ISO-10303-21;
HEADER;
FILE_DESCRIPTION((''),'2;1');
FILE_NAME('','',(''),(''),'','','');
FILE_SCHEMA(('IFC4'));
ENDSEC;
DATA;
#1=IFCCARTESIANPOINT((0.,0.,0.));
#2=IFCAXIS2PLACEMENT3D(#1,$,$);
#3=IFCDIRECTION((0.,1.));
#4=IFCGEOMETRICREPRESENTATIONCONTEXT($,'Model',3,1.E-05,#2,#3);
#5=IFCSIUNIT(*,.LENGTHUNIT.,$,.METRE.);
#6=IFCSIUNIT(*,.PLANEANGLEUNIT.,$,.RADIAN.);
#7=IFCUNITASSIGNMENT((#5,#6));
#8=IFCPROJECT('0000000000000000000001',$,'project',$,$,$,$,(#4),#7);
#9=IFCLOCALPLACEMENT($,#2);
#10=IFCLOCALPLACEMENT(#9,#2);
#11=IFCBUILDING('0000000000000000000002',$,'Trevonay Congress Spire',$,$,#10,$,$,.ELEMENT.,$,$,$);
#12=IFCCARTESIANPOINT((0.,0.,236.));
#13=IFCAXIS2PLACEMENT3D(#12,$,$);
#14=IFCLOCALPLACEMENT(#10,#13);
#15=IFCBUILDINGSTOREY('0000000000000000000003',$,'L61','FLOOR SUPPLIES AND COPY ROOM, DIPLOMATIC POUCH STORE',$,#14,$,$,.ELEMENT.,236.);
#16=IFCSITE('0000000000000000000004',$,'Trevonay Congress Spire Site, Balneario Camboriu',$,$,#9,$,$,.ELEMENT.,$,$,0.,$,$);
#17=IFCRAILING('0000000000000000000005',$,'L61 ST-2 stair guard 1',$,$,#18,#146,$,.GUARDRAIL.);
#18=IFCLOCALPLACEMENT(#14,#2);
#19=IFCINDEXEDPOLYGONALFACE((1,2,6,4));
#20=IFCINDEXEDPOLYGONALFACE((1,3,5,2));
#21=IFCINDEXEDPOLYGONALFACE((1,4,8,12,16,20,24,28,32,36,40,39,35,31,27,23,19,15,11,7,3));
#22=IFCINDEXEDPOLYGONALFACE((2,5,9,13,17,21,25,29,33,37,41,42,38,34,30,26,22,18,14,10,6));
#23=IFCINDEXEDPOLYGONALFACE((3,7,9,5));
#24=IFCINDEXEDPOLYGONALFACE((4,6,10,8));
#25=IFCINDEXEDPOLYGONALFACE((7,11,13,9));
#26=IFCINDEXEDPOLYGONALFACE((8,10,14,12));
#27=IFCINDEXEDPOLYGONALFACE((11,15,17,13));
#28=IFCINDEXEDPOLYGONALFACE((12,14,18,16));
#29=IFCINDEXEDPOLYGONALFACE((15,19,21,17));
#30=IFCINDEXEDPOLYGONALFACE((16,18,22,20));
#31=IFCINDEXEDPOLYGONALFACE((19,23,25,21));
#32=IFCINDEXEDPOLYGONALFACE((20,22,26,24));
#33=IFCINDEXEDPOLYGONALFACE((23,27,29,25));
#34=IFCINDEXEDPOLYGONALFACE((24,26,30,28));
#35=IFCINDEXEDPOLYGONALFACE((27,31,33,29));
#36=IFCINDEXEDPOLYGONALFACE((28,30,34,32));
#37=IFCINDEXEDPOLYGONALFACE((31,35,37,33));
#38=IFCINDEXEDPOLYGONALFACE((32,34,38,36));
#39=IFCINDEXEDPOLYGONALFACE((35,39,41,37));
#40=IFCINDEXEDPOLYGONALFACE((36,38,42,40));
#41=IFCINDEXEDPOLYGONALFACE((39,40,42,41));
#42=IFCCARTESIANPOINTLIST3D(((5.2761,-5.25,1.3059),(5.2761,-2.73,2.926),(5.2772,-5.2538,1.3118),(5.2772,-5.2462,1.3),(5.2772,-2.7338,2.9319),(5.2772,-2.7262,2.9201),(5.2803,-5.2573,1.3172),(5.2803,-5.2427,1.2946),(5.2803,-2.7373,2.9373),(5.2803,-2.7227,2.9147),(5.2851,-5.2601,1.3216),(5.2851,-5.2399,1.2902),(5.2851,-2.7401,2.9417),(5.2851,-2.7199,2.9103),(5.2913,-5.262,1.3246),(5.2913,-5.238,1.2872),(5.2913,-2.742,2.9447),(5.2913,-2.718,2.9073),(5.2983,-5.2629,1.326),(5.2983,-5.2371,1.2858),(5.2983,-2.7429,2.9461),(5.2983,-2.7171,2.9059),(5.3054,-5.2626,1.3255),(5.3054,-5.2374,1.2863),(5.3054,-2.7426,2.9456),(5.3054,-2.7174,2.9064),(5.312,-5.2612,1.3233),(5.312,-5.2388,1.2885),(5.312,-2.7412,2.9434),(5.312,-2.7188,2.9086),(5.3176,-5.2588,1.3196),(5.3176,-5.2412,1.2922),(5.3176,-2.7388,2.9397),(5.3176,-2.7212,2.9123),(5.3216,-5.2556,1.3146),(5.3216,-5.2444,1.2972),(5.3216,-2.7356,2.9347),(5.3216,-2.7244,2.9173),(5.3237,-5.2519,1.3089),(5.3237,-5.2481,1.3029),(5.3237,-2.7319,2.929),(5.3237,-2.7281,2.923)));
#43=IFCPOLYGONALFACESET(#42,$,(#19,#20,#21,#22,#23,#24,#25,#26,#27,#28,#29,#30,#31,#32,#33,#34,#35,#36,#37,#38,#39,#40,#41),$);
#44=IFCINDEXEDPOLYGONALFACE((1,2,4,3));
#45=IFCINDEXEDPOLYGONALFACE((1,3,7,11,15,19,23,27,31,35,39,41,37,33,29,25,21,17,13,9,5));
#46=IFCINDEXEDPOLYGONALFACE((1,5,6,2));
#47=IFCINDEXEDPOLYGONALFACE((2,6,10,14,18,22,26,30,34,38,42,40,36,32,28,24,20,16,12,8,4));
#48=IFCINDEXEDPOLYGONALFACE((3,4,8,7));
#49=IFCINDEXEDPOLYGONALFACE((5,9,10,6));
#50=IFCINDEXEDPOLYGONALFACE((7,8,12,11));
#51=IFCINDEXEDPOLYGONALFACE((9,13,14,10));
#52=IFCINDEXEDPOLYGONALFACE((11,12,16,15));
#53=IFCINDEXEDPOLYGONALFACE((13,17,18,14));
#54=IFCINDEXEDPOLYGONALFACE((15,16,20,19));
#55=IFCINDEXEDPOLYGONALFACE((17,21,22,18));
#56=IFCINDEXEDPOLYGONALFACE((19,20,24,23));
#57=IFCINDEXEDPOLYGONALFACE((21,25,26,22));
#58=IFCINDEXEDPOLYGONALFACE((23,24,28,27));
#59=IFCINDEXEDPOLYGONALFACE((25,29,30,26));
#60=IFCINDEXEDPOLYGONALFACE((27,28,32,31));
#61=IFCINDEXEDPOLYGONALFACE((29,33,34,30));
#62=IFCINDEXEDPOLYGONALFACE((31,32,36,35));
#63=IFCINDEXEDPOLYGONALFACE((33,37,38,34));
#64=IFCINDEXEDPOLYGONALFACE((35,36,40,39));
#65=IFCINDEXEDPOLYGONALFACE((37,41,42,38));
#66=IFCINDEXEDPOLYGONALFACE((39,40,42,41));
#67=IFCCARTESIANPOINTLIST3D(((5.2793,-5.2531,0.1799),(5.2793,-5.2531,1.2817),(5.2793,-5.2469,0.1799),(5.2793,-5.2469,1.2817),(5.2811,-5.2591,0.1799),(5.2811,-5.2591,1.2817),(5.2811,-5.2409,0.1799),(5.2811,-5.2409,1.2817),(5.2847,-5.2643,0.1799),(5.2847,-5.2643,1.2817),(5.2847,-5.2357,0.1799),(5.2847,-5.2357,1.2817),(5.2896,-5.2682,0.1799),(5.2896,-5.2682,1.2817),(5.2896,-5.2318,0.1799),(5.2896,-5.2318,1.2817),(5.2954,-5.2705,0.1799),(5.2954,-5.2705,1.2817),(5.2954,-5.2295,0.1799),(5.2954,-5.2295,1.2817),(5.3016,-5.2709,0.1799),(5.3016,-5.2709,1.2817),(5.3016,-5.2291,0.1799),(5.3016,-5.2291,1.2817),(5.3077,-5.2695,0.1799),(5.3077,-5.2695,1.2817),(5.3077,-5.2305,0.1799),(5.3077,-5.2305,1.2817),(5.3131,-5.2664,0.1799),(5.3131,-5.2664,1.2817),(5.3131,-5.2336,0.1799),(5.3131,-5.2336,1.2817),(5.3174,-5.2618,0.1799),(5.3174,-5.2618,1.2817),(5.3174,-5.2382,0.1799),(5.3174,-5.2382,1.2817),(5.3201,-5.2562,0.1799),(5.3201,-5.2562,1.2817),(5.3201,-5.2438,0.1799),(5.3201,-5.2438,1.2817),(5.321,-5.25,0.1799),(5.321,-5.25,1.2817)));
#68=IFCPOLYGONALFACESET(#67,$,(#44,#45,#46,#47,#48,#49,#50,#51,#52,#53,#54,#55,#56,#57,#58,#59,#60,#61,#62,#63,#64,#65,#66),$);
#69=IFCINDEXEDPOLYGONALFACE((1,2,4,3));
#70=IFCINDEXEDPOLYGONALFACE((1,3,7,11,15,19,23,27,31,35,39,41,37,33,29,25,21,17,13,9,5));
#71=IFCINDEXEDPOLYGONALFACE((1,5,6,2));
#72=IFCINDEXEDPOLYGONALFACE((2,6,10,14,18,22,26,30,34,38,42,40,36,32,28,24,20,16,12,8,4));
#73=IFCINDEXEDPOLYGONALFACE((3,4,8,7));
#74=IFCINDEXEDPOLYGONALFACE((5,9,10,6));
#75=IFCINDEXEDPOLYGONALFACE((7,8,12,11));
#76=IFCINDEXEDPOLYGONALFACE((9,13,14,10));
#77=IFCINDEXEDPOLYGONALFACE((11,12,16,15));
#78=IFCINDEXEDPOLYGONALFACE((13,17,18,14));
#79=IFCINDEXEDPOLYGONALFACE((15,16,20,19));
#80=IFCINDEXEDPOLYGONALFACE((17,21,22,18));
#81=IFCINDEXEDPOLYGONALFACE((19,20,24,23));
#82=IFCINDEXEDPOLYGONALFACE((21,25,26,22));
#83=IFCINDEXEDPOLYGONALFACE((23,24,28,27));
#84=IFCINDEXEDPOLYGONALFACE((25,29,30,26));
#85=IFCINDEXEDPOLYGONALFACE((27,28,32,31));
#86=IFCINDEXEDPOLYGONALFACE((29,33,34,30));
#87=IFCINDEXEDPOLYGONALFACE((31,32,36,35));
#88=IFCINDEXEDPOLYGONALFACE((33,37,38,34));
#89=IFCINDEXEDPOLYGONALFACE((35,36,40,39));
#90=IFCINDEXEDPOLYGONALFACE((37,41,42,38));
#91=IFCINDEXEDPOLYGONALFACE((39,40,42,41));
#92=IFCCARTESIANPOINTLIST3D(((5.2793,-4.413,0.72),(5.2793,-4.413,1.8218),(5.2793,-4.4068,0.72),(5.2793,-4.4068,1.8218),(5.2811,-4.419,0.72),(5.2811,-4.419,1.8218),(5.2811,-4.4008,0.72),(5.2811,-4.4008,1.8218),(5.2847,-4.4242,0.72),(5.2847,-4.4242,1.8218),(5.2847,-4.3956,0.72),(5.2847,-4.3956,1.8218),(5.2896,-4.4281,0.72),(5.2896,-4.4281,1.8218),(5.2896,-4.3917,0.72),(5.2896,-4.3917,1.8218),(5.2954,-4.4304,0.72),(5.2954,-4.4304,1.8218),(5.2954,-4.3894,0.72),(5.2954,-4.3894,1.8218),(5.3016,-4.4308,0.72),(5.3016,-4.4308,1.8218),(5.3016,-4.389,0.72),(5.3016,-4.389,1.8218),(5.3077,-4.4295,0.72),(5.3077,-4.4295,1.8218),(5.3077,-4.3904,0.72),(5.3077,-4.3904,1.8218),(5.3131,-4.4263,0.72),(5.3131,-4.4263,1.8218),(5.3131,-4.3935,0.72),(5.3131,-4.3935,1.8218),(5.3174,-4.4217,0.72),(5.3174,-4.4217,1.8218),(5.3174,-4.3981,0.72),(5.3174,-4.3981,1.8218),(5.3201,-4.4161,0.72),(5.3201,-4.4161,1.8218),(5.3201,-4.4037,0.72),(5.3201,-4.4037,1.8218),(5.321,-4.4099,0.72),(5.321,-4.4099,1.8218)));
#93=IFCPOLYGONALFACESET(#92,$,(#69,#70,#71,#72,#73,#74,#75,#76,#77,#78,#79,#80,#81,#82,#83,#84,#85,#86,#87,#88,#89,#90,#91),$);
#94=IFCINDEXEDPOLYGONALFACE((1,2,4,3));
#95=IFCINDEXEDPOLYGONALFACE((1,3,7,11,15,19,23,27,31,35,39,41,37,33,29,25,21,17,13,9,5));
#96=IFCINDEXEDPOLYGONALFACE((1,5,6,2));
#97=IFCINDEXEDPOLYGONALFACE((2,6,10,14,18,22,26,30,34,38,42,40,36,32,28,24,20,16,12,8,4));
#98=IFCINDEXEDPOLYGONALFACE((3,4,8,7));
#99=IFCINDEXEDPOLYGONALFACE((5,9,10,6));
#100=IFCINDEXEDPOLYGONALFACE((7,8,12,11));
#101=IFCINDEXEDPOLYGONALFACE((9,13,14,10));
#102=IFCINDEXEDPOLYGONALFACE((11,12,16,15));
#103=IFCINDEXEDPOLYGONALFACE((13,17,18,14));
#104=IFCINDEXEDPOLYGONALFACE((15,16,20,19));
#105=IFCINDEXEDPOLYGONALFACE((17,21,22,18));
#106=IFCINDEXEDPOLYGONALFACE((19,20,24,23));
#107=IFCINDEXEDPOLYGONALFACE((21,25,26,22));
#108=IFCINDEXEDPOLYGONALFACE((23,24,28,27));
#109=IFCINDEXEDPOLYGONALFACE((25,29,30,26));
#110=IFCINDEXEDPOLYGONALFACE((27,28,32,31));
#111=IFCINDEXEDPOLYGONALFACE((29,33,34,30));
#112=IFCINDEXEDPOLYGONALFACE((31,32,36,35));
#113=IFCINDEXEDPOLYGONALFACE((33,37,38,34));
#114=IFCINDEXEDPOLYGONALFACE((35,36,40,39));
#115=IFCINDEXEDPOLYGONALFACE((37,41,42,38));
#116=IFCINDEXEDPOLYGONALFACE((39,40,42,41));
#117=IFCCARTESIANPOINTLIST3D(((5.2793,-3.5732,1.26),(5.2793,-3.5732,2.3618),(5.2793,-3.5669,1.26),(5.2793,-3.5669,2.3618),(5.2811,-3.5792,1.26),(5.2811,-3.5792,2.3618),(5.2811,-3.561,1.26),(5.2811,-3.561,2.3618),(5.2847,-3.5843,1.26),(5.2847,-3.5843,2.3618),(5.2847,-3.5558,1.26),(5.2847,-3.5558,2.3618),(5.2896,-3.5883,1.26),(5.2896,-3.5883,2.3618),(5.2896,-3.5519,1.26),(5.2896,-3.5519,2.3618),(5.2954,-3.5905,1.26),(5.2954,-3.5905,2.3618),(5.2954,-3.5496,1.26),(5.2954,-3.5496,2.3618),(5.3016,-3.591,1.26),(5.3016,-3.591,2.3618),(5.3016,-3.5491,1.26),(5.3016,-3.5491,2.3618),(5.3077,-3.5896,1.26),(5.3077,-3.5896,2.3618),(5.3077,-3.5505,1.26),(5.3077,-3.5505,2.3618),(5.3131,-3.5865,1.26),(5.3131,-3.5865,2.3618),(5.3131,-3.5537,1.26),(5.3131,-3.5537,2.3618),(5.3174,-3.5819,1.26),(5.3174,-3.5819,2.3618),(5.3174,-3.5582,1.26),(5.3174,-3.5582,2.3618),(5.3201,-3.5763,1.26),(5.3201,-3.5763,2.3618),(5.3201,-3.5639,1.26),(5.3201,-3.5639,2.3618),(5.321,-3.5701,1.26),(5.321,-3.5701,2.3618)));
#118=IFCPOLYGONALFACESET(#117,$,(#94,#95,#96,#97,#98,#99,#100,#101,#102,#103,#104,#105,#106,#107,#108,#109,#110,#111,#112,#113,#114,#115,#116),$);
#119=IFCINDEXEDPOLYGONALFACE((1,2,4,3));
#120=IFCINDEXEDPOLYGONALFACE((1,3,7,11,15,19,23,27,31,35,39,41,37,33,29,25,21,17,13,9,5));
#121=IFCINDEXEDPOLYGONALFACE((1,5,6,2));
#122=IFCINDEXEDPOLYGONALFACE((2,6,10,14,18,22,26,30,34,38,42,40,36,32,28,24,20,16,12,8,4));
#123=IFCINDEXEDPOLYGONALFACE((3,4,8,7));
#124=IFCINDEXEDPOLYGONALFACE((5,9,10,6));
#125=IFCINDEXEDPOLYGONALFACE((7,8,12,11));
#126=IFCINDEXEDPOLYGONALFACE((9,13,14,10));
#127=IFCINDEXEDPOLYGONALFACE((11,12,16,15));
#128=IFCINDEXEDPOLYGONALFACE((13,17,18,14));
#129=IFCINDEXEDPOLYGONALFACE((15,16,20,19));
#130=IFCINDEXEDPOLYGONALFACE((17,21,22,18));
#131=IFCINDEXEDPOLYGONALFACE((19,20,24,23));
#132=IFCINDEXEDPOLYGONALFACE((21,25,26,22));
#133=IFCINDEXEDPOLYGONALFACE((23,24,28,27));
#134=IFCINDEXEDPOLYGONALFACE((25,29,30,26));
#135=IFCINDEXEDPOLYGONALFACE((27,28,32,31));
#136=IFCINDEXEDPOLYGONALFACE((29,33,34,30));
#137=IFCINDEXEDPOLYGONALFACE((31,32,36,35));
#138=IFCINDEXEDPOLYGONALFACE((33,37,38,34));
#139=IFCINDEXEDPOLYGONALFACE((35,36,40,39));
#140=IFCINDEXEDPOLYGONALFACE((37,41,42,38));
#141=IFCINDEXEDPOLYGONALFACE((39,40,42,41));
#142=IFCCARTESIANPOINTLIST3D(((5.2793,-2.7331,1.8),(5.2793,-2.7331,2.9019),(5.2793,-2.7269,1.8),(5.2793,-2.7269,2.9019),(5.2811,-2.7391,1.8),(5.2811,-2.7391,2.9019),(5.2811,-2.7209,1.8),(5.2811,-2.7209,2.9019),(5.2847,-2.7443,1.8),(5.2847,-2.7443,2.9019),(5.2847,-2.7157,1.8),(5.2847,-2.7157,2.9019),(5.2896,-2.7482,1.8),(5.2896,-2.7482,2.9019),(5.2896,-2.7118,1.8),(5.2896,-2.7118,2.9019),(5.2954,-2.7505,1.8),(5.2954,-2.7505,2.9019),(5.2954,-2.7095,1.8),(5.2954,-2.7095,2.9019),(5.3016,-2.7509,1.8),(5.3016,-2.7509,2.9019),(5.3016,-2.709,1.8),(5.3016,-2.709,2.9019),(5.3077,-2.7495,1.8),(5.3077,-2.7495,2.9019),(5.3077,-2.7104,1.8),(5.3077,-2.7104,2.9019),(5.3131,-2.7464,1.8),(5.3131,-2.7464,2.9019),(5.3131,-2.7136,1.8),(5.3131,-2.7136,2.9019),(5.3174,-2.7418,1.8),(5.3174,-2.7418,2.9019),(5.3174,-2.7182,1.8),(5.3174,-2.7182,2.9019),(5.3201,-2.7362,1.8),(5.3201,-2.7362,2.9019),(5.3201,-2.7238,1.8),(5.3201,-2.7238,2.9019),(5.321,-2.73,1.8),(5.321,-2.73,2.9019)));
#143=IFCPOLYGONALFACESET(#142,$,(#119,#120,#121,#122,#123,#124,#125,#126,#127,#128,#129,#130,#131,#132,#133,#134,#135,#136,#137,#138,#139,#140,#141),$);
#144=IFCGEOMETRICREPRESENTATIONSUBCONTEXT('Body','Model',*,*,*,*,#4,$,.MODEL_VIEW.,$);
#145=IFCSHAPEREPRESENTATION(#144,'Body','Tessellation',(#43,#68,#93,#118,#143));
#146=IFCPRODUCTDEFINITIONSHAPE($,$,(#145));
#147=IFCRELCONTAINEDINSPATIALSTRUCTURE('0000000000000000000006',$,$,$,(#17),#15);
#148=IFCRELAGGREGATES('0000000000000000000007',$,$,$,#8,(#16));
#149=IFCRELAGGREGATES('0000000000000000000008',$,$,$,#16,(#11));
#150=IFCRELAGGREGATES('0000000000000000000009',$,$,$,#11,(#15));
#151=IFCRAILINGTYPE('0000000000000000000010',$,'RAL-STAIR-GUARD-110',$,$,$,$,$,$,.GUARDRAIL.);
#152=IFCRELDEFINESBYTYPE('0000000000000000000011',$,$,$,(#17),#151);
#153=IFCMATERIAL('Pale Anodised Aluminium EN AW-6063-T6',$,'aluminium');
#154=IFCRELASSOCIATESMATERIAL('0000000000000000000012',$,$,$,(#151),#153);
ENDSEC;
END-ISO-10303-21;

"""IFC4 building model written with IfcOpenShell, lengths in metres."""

from ifc_helpers import new_model, si_unit, direction, frame, origin, origin_2d, place, context, subcontext, project, spatial, circle, extrude, material, type_object, element, save


model = new_model("IFC4")

# Units and contexts
model_context = context("Model", 3, precision=1e-05, world=origin(), true_north=direction((0.0, 1.0)))
body_context = subcontext(model_context, "Body", "Model", "MODEL_VIEW")
ifc_project = project(units=[si_unit("LENGTHUNIT", "METRE"), si_unit("PLANEANGLEUNIT", "RADIAN")], contexts=[model_context])

# Site, building, storey
site_placement = place(None, origin())
site = spatial("IfcSite", under=ifc_project, at=site_placement, Name="Trevonay Congress Spire Site, Balneario Camboriu", CompositionType="ELEMENT", RefElevation=0.0)
building_placement = place(site_placement, origin())
building = spatial("IfcBuilding", under=site, at=building_placement, Name="Trevonay Congress Spire", CompositionType="ELEMENT")
storey_placement = place(building_placement, frame((0.0, 0.0, 236.0)))
storey = spatial("IfcBuildingStorey", under=building, at=storey_placement, Name="L61", Description="FLOOR SUPPLIES AND COPY ROOM, DIPLOMATIC POUCH STORE", CompositionType="ELEMENT", Elevation=236.0)

# Shared definitions
ifc_material_1 = material(Name="Pale Anodised Aluminium EN AW-6063-T6", Category="aluminium")

# Railing
railing_type_1 = type_object("IfcRailingType", Name="RAL-STAIR-GUARD-110", PredefinedType="GUARDRAIL", material=ifc_material_1)
railing_1_placement = place(storey_placement, frame((5.3, -5.25, 0.1799)))
element("IfcRailing", 1, at=railing_1_placement, inside=storey, type_object=railing_type_1, Name="L61 ST-2 stair guard 1", PredefinedType="GUARDRAIL", context=body_context, shape_type="SweptSolid", body=[
    extrude(circle(Radius=0.0239, at=origin_2d()), frame((0.0, 0.0, 1.126), z_axis=(0.0, 0.841163, 0.540782), x_axis=(-1.0, 0.0, 0.0)), (0.0, 0.0, 1.0), 2.9958),
    extrude(circle(Radius=0.021, at=origin_2d()), origin(), (0.0, 0.0, 1.0), 1.1018),
    extrude(circle(Radius=0.021, at=origin_2d()), frame((0.0, 0.8401, 0.54)), (0.0, 0.0, 1.0), 1.1018),
    extrude(circle(Radius=0.021, at=origin_2d()), frame((0.0, 1.6799, 1.0801)), (0.0, 0.0, 1.0), 1.1018),
    extrude(circle(Radius=0.021, at=origin_2d()), frame((0.0, 2.52, 1.6201)), (0.0, 0.0, 1.0), 1.1018),
])

save(model, "model.ifc")
